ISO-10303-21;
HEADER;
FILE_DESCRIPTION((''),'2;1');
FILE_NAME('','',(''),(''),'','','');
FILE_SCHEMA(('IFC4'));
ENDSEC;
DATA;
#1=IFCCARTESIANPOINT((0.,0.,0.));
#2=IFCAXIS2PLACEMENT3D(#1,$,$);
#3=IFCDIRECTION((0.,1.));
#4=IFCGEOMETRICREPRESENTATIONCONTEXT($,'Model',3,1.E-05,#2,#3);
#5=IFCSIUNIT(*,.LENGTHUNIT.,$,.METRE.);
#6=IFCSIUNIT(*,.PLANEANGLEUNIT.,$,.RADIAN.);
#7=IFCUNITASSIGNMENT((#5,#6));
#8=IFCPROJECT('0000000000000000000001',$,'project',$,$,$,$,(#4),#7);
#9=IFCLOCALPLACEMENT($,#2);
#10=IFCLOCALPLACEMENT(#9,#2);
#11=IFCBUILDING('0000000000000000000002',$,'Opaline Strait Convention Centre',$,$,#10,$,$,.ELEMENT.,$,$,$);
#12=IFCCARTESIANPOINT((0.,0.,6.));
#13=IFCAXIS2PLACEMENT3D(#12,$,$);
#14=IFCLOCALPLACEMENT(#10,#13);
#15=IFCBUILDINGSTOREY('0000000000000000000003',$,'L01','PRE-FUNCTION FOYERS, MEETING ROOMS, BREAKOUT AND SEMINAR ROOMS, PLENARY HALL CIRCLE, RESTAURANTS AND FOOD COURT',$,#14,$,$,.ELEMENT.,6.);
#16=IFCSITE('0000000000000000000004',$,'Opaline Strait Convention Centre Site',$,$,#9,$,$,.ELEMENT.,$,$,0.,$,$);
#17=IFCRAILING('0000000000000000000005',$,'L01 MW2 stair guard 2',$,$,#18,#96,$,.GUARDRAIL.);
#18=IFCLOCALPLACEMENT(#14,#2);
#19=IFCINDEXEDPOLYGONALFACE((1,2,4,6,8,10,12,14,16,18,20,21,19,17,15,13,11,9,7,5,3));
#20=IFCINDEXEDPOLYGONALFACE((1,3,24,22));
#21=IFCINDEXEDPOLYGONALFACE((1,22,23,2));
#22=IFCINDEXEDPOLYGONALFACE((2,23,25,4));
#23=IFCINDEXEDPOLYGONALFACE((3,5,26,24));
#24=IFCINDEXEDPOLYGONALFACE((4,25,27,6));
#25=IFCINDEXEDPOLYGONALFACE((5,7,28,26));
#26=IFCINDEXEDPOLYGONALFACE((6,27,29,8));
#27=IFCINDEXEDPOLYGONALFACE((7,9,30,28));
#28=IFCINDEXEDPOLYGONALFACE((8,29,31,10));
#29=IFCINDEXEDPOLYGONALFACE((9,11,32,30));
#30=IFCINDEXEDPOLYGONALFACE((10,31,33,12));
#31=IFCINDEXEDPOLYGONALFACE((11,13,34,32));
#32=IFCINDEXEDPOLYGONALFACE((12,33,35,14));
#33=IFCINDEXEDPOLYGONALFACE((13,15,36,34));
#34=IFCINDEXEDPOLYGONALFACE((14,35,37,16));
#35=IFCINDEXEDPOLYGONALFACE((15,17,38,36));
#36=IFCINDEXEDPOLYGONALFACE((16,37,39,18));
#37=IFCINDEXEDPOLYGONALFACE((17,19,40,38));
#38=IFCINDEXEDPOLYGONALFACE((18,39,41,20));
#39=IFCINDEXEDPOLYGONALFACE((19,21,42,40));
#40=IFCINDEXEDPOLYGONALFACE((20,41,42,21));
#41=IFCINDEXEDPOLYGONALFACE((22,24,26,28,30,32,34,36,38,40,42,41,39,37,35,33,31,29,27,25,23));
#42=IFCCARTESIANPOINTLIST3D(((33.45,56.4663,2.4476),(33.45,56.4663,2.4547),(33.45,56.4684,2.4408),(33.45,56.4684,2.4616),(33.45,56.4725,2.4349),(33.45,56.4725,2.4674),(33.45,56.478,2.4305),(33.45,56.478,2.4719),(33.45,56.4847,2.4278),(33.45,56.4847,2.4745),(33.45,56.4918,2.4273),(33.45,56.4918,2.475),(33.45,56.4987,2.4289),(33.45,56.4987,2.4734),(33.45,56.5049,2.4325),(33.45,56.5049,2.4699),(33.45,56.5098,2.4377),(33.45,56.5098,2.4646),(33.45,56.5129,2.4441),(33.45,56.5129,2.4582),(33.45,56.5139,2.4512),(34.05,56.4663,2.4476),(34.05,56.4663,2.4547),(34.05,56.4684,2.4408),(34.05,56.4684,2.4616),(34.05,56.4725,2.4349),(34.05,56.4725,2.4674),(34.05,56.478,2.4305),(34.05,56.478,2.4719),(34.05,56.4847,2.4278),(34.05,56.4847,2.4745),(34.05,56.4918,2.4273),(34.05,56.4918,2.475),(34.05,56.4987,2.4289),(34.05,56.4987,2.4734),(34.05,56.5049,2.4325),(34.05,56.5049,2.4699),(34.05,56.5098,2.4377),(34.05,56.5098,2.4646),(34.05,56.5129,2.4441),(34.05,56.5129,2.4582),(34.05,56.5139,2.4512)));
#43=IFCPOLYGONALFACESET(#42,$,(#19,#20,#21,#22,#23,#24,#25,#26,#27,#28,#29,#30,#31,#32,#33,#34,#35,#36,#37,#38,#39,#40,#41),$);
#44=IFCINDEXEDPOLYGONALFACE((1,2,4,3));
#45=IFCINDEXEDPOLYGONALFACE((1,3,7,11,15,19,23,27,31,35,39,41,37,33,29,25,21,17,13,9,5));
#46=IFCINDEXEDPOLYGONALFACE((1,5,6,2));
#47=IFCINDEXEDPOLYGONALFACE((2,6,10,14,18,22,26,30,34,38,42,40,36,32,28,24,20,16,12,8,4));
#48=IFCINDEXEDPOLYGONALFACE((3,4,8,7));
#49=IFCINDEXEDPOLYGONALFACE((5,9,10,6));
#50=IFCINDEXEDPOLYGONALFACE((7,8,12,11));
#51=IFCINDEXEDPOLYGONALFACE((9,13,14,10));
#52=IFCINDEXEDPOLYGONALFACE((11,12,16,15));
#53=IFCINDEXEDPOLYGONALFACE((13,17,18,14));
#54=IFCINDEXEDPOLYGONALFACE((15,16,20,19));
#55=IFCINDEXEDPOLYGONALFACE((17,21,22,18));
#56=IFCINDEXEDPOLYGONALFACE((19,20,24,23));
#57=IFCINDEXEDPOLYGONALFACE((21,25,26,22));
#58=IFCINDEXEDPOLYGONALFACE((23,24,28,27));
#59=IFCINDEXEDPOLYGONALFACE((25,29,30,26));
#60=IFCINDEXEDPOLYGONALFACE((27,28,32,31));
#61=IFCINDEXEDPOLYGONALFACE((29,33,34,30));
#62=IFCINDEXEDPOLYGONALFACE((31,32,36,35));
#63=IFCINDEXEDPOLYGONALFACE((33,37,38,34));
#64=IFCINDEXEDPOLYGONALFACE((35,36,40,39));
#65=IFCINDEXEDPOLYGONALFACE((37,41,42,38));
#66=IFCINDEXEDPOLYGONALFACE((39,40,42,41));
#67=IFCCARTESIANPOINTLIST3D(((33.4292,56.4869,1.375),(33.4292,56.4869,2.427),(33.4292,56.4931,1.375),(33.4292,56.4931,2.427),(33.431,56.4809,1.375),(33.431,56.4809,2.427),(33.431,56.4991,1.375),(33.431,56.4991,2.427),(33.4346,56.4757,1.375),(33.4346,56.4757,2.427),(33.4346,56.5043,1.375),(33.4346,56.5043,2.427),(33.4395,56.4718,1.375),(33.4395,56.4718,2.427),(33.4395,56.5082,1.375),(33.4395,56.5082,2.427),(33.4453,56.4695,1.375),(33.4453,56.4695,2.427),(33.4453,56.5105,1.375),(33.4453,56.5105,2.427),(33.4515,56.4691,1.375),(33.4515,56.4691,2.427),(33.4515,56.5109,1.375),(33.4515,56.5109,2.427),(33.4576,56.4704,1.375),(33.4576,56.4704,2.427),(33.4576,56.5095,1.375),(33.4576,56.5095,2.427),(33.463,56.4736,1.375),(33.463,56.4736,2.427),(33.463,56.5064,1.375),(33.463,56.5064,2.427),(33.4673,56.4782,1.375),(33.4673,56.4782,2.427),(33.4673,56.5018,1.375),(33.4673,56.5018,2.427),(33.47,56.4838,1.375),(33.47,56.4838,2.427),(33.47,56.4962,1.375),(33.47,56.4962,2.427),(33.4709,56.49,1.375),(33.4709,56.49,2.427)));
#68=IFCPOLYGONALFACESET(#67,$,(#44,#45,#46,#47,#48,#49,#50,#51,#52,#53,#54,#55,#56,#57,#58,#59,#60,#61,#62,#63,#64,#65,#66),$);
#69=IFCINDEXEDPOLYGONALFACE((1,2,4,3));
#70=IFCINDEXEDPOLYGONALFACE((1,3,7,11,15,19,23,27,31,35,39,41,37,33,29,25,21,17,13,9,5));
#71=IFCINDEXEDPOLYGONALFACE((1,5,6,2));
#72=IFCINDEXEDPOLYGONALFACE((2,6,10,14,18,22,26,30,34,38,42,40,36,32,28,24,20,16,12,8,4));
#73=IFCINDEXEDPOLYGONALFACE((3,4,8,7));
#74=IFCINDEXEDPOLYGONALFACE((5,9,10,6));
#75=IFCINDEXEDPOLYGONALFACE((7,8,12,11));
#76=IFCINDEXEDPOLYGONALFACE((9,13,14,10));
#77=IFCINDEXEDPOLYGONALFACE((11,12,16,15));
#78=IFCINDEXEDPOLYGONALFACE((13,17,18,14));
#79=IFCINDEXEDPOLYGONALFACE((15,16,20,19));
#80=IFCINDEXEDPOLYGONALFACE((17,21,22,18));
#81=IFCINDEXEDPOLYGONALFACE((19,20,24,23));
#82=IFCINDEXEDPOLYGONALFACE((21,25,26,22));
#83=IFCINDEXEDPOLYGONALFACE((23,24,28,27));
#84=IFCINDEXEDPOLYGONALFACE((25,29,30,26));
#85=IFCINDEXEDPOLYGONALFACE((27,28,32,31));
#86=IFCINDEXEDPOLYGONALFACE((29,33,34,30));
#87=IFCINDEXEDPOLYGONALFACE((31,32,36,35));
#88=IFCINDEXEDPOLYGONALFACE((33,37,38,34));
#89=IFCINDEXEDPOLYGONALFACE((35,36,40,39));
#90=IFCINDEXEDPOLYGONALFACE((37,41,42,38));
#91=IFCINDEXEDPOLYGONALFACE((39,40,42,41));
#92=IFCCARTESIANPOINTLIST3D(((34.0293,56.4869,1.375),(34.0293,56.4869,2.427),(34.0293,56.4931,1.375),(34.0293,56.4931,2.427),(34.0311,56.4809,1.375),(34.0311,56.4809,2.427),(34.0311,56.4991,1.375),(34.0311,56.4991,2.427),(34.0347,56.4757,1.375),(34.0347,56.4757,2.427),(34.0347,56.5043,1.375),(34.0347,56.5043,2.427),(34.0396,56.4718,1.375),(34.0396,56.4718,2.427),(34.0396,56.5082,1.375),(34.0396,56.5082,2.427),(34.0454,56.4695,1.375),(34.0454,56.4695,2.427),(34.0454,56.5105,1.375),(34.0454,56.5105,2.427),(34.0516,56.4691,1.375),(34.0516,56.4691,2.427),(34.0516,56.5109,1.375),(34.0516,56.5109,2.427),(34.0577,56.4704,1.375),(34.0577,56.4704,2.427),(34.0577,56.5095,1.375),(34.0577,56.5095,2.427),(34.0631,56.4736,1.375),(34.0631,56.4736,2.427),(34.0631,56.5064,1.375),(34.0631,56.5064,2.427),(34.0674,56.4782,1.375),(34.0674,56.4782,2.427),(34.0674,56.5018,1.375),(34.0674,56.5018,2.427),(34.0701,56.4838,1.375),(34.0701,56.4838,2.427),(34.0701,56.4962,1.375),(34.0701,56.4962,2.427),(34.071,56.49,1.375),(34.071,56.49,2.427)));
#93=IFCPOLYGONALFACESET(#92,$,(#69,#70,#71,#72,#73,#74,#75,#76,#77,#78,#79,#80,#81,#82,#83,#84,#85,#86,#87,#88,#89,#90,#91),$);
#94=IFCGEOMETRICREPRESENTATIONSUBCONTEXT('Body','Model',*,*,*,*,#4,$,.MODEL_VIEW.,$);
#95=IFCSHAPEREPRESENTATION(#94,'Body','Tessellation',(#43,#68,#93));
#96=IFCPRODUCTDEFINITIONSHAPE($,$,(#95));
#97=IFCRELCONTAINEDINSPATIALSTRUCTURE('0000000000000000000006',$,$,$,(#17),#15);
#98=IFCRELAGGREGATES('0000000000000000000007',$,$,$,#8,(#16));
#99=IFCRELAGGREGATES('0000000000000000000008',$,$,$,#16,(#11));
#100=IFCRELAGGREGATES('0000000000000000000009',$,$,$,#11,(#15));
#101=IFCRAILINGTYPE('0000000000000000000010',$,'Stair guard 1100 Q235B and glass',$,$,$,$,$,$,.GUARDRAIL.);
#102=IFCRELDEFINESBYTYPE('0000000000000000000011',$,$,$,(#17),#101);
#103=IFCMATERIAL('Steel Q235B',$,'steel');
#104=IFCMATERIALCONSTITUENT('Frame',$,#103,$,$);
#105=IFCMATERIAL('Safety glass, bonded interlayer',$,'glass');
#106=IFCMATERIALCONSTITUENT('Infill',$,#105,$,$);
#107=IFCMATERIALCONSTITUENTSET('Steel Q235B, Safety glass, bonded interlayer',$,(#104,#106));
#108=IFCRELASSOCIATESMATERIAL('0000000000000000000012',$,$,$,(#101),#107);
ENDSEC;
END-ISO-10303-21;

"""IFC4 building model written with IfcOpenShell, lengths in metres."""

from ifc_helpers import new_model, si_unit, direction, frame, origin, origin_2d, place, context, subcontext, project, spatial, circle, extrude, material, constituent, constituent_set, type_object, element, save


model = new_model("IFC4")

# Units and contexts
model_context = context("Model", 3, precision=1e-05, world=origin(), true_north=direction((0.0, 1.0)))
body_context = subcontext(model_context, "Body", "Model", "MODEL_VIEW")
ifc_project = project(units=[si_unit("LENGTHUNIT", "METRE"), si_unit("PLANEANGLEUNIT", "RADIAN")], contexts=[model_context])

# Site, building, storey
site_placement = place(None, origin())
site = spatial("IfcSite", under=ifc_project, at=site_placement, Name="Opaline Strait Convention Centre Site", CompositionType="ELEMENT", RefElevation=0.0)
building_placement = place(site_placement, origin())
building = spatial("IfcBuilding", under=site, at=building_placement, Name="Opaline Strait Convention Centre", CompositionType="ELEMENT")
storey_placement = place(building_placement, frame((0.0, 0.0, 6.0)))
storey = spatial("IfcBuildingStorey", under=building, at=storey_placement, Name="L01", Description="PRE-FUNCTION FOYERS, MEETING ROOMS, BREAKOUT AND SEMINAR ROOMS, PLENARY HALL CIRCLE, RESTAURANTS AND FOOD COURT", CompositionType="ELEMENT", Elevation=6.0)

# Railing
ifc_material_1 = material(Name="Steel Q235B", Category="steel")
ifc_constituent_1 = constituent(ifc_material_1, Name="Frame")
ifc_material_2 = material(Name="Safety glass, bonded interlayer", Category="glass")
ifc_constituent_2 = constituent(ifc_material_2, Name="Infill")
ifc_constituent_set = constituent_set(constituents=[ifc_constituent_1, ifc_constituent_2], Name="Steel Q235B, Safety glass, bonded interlayer")
railing_type_1 = type_object("IfcRailingType", Name="Stair guard 1100 Q235B and glass", PredefinedType="GUARDRAIL", material=ifc_constituent_set)
railing_1_placement = place(storey_placement, frame((33.45, 56.49, 1.375)))
element("IfcRailing", 1, at=railing_1_placement, inside=storey, type_object=railing_type_1, Name="L01 MW2 stair guard 2", PredefinedType="GUARDRAIL", context=body_context, shape_type="SweptSolid", body=[
    extrude(circle(Radius=0.0239, at=origin_2d()), frame((0.0, 0.0, 1.0762), z_axis=(1.0, 0.0, 0.0), x_axis=(0.0, 1.0, 0.0)), (0.0, 0.0, 1.0), 0.6001),
    extrude(circle(Radius=0.021, at=origin_2d()), origin(), (0.0, 0.0, 1.0), 1.052),
    extrude(circle(Radius=0.021, at=origin_2d()), frame((0.6001, 0.0, 0.0)), (0.0, 0.0, 1.0), 1.052),
])

save(model, "model.ifc")
